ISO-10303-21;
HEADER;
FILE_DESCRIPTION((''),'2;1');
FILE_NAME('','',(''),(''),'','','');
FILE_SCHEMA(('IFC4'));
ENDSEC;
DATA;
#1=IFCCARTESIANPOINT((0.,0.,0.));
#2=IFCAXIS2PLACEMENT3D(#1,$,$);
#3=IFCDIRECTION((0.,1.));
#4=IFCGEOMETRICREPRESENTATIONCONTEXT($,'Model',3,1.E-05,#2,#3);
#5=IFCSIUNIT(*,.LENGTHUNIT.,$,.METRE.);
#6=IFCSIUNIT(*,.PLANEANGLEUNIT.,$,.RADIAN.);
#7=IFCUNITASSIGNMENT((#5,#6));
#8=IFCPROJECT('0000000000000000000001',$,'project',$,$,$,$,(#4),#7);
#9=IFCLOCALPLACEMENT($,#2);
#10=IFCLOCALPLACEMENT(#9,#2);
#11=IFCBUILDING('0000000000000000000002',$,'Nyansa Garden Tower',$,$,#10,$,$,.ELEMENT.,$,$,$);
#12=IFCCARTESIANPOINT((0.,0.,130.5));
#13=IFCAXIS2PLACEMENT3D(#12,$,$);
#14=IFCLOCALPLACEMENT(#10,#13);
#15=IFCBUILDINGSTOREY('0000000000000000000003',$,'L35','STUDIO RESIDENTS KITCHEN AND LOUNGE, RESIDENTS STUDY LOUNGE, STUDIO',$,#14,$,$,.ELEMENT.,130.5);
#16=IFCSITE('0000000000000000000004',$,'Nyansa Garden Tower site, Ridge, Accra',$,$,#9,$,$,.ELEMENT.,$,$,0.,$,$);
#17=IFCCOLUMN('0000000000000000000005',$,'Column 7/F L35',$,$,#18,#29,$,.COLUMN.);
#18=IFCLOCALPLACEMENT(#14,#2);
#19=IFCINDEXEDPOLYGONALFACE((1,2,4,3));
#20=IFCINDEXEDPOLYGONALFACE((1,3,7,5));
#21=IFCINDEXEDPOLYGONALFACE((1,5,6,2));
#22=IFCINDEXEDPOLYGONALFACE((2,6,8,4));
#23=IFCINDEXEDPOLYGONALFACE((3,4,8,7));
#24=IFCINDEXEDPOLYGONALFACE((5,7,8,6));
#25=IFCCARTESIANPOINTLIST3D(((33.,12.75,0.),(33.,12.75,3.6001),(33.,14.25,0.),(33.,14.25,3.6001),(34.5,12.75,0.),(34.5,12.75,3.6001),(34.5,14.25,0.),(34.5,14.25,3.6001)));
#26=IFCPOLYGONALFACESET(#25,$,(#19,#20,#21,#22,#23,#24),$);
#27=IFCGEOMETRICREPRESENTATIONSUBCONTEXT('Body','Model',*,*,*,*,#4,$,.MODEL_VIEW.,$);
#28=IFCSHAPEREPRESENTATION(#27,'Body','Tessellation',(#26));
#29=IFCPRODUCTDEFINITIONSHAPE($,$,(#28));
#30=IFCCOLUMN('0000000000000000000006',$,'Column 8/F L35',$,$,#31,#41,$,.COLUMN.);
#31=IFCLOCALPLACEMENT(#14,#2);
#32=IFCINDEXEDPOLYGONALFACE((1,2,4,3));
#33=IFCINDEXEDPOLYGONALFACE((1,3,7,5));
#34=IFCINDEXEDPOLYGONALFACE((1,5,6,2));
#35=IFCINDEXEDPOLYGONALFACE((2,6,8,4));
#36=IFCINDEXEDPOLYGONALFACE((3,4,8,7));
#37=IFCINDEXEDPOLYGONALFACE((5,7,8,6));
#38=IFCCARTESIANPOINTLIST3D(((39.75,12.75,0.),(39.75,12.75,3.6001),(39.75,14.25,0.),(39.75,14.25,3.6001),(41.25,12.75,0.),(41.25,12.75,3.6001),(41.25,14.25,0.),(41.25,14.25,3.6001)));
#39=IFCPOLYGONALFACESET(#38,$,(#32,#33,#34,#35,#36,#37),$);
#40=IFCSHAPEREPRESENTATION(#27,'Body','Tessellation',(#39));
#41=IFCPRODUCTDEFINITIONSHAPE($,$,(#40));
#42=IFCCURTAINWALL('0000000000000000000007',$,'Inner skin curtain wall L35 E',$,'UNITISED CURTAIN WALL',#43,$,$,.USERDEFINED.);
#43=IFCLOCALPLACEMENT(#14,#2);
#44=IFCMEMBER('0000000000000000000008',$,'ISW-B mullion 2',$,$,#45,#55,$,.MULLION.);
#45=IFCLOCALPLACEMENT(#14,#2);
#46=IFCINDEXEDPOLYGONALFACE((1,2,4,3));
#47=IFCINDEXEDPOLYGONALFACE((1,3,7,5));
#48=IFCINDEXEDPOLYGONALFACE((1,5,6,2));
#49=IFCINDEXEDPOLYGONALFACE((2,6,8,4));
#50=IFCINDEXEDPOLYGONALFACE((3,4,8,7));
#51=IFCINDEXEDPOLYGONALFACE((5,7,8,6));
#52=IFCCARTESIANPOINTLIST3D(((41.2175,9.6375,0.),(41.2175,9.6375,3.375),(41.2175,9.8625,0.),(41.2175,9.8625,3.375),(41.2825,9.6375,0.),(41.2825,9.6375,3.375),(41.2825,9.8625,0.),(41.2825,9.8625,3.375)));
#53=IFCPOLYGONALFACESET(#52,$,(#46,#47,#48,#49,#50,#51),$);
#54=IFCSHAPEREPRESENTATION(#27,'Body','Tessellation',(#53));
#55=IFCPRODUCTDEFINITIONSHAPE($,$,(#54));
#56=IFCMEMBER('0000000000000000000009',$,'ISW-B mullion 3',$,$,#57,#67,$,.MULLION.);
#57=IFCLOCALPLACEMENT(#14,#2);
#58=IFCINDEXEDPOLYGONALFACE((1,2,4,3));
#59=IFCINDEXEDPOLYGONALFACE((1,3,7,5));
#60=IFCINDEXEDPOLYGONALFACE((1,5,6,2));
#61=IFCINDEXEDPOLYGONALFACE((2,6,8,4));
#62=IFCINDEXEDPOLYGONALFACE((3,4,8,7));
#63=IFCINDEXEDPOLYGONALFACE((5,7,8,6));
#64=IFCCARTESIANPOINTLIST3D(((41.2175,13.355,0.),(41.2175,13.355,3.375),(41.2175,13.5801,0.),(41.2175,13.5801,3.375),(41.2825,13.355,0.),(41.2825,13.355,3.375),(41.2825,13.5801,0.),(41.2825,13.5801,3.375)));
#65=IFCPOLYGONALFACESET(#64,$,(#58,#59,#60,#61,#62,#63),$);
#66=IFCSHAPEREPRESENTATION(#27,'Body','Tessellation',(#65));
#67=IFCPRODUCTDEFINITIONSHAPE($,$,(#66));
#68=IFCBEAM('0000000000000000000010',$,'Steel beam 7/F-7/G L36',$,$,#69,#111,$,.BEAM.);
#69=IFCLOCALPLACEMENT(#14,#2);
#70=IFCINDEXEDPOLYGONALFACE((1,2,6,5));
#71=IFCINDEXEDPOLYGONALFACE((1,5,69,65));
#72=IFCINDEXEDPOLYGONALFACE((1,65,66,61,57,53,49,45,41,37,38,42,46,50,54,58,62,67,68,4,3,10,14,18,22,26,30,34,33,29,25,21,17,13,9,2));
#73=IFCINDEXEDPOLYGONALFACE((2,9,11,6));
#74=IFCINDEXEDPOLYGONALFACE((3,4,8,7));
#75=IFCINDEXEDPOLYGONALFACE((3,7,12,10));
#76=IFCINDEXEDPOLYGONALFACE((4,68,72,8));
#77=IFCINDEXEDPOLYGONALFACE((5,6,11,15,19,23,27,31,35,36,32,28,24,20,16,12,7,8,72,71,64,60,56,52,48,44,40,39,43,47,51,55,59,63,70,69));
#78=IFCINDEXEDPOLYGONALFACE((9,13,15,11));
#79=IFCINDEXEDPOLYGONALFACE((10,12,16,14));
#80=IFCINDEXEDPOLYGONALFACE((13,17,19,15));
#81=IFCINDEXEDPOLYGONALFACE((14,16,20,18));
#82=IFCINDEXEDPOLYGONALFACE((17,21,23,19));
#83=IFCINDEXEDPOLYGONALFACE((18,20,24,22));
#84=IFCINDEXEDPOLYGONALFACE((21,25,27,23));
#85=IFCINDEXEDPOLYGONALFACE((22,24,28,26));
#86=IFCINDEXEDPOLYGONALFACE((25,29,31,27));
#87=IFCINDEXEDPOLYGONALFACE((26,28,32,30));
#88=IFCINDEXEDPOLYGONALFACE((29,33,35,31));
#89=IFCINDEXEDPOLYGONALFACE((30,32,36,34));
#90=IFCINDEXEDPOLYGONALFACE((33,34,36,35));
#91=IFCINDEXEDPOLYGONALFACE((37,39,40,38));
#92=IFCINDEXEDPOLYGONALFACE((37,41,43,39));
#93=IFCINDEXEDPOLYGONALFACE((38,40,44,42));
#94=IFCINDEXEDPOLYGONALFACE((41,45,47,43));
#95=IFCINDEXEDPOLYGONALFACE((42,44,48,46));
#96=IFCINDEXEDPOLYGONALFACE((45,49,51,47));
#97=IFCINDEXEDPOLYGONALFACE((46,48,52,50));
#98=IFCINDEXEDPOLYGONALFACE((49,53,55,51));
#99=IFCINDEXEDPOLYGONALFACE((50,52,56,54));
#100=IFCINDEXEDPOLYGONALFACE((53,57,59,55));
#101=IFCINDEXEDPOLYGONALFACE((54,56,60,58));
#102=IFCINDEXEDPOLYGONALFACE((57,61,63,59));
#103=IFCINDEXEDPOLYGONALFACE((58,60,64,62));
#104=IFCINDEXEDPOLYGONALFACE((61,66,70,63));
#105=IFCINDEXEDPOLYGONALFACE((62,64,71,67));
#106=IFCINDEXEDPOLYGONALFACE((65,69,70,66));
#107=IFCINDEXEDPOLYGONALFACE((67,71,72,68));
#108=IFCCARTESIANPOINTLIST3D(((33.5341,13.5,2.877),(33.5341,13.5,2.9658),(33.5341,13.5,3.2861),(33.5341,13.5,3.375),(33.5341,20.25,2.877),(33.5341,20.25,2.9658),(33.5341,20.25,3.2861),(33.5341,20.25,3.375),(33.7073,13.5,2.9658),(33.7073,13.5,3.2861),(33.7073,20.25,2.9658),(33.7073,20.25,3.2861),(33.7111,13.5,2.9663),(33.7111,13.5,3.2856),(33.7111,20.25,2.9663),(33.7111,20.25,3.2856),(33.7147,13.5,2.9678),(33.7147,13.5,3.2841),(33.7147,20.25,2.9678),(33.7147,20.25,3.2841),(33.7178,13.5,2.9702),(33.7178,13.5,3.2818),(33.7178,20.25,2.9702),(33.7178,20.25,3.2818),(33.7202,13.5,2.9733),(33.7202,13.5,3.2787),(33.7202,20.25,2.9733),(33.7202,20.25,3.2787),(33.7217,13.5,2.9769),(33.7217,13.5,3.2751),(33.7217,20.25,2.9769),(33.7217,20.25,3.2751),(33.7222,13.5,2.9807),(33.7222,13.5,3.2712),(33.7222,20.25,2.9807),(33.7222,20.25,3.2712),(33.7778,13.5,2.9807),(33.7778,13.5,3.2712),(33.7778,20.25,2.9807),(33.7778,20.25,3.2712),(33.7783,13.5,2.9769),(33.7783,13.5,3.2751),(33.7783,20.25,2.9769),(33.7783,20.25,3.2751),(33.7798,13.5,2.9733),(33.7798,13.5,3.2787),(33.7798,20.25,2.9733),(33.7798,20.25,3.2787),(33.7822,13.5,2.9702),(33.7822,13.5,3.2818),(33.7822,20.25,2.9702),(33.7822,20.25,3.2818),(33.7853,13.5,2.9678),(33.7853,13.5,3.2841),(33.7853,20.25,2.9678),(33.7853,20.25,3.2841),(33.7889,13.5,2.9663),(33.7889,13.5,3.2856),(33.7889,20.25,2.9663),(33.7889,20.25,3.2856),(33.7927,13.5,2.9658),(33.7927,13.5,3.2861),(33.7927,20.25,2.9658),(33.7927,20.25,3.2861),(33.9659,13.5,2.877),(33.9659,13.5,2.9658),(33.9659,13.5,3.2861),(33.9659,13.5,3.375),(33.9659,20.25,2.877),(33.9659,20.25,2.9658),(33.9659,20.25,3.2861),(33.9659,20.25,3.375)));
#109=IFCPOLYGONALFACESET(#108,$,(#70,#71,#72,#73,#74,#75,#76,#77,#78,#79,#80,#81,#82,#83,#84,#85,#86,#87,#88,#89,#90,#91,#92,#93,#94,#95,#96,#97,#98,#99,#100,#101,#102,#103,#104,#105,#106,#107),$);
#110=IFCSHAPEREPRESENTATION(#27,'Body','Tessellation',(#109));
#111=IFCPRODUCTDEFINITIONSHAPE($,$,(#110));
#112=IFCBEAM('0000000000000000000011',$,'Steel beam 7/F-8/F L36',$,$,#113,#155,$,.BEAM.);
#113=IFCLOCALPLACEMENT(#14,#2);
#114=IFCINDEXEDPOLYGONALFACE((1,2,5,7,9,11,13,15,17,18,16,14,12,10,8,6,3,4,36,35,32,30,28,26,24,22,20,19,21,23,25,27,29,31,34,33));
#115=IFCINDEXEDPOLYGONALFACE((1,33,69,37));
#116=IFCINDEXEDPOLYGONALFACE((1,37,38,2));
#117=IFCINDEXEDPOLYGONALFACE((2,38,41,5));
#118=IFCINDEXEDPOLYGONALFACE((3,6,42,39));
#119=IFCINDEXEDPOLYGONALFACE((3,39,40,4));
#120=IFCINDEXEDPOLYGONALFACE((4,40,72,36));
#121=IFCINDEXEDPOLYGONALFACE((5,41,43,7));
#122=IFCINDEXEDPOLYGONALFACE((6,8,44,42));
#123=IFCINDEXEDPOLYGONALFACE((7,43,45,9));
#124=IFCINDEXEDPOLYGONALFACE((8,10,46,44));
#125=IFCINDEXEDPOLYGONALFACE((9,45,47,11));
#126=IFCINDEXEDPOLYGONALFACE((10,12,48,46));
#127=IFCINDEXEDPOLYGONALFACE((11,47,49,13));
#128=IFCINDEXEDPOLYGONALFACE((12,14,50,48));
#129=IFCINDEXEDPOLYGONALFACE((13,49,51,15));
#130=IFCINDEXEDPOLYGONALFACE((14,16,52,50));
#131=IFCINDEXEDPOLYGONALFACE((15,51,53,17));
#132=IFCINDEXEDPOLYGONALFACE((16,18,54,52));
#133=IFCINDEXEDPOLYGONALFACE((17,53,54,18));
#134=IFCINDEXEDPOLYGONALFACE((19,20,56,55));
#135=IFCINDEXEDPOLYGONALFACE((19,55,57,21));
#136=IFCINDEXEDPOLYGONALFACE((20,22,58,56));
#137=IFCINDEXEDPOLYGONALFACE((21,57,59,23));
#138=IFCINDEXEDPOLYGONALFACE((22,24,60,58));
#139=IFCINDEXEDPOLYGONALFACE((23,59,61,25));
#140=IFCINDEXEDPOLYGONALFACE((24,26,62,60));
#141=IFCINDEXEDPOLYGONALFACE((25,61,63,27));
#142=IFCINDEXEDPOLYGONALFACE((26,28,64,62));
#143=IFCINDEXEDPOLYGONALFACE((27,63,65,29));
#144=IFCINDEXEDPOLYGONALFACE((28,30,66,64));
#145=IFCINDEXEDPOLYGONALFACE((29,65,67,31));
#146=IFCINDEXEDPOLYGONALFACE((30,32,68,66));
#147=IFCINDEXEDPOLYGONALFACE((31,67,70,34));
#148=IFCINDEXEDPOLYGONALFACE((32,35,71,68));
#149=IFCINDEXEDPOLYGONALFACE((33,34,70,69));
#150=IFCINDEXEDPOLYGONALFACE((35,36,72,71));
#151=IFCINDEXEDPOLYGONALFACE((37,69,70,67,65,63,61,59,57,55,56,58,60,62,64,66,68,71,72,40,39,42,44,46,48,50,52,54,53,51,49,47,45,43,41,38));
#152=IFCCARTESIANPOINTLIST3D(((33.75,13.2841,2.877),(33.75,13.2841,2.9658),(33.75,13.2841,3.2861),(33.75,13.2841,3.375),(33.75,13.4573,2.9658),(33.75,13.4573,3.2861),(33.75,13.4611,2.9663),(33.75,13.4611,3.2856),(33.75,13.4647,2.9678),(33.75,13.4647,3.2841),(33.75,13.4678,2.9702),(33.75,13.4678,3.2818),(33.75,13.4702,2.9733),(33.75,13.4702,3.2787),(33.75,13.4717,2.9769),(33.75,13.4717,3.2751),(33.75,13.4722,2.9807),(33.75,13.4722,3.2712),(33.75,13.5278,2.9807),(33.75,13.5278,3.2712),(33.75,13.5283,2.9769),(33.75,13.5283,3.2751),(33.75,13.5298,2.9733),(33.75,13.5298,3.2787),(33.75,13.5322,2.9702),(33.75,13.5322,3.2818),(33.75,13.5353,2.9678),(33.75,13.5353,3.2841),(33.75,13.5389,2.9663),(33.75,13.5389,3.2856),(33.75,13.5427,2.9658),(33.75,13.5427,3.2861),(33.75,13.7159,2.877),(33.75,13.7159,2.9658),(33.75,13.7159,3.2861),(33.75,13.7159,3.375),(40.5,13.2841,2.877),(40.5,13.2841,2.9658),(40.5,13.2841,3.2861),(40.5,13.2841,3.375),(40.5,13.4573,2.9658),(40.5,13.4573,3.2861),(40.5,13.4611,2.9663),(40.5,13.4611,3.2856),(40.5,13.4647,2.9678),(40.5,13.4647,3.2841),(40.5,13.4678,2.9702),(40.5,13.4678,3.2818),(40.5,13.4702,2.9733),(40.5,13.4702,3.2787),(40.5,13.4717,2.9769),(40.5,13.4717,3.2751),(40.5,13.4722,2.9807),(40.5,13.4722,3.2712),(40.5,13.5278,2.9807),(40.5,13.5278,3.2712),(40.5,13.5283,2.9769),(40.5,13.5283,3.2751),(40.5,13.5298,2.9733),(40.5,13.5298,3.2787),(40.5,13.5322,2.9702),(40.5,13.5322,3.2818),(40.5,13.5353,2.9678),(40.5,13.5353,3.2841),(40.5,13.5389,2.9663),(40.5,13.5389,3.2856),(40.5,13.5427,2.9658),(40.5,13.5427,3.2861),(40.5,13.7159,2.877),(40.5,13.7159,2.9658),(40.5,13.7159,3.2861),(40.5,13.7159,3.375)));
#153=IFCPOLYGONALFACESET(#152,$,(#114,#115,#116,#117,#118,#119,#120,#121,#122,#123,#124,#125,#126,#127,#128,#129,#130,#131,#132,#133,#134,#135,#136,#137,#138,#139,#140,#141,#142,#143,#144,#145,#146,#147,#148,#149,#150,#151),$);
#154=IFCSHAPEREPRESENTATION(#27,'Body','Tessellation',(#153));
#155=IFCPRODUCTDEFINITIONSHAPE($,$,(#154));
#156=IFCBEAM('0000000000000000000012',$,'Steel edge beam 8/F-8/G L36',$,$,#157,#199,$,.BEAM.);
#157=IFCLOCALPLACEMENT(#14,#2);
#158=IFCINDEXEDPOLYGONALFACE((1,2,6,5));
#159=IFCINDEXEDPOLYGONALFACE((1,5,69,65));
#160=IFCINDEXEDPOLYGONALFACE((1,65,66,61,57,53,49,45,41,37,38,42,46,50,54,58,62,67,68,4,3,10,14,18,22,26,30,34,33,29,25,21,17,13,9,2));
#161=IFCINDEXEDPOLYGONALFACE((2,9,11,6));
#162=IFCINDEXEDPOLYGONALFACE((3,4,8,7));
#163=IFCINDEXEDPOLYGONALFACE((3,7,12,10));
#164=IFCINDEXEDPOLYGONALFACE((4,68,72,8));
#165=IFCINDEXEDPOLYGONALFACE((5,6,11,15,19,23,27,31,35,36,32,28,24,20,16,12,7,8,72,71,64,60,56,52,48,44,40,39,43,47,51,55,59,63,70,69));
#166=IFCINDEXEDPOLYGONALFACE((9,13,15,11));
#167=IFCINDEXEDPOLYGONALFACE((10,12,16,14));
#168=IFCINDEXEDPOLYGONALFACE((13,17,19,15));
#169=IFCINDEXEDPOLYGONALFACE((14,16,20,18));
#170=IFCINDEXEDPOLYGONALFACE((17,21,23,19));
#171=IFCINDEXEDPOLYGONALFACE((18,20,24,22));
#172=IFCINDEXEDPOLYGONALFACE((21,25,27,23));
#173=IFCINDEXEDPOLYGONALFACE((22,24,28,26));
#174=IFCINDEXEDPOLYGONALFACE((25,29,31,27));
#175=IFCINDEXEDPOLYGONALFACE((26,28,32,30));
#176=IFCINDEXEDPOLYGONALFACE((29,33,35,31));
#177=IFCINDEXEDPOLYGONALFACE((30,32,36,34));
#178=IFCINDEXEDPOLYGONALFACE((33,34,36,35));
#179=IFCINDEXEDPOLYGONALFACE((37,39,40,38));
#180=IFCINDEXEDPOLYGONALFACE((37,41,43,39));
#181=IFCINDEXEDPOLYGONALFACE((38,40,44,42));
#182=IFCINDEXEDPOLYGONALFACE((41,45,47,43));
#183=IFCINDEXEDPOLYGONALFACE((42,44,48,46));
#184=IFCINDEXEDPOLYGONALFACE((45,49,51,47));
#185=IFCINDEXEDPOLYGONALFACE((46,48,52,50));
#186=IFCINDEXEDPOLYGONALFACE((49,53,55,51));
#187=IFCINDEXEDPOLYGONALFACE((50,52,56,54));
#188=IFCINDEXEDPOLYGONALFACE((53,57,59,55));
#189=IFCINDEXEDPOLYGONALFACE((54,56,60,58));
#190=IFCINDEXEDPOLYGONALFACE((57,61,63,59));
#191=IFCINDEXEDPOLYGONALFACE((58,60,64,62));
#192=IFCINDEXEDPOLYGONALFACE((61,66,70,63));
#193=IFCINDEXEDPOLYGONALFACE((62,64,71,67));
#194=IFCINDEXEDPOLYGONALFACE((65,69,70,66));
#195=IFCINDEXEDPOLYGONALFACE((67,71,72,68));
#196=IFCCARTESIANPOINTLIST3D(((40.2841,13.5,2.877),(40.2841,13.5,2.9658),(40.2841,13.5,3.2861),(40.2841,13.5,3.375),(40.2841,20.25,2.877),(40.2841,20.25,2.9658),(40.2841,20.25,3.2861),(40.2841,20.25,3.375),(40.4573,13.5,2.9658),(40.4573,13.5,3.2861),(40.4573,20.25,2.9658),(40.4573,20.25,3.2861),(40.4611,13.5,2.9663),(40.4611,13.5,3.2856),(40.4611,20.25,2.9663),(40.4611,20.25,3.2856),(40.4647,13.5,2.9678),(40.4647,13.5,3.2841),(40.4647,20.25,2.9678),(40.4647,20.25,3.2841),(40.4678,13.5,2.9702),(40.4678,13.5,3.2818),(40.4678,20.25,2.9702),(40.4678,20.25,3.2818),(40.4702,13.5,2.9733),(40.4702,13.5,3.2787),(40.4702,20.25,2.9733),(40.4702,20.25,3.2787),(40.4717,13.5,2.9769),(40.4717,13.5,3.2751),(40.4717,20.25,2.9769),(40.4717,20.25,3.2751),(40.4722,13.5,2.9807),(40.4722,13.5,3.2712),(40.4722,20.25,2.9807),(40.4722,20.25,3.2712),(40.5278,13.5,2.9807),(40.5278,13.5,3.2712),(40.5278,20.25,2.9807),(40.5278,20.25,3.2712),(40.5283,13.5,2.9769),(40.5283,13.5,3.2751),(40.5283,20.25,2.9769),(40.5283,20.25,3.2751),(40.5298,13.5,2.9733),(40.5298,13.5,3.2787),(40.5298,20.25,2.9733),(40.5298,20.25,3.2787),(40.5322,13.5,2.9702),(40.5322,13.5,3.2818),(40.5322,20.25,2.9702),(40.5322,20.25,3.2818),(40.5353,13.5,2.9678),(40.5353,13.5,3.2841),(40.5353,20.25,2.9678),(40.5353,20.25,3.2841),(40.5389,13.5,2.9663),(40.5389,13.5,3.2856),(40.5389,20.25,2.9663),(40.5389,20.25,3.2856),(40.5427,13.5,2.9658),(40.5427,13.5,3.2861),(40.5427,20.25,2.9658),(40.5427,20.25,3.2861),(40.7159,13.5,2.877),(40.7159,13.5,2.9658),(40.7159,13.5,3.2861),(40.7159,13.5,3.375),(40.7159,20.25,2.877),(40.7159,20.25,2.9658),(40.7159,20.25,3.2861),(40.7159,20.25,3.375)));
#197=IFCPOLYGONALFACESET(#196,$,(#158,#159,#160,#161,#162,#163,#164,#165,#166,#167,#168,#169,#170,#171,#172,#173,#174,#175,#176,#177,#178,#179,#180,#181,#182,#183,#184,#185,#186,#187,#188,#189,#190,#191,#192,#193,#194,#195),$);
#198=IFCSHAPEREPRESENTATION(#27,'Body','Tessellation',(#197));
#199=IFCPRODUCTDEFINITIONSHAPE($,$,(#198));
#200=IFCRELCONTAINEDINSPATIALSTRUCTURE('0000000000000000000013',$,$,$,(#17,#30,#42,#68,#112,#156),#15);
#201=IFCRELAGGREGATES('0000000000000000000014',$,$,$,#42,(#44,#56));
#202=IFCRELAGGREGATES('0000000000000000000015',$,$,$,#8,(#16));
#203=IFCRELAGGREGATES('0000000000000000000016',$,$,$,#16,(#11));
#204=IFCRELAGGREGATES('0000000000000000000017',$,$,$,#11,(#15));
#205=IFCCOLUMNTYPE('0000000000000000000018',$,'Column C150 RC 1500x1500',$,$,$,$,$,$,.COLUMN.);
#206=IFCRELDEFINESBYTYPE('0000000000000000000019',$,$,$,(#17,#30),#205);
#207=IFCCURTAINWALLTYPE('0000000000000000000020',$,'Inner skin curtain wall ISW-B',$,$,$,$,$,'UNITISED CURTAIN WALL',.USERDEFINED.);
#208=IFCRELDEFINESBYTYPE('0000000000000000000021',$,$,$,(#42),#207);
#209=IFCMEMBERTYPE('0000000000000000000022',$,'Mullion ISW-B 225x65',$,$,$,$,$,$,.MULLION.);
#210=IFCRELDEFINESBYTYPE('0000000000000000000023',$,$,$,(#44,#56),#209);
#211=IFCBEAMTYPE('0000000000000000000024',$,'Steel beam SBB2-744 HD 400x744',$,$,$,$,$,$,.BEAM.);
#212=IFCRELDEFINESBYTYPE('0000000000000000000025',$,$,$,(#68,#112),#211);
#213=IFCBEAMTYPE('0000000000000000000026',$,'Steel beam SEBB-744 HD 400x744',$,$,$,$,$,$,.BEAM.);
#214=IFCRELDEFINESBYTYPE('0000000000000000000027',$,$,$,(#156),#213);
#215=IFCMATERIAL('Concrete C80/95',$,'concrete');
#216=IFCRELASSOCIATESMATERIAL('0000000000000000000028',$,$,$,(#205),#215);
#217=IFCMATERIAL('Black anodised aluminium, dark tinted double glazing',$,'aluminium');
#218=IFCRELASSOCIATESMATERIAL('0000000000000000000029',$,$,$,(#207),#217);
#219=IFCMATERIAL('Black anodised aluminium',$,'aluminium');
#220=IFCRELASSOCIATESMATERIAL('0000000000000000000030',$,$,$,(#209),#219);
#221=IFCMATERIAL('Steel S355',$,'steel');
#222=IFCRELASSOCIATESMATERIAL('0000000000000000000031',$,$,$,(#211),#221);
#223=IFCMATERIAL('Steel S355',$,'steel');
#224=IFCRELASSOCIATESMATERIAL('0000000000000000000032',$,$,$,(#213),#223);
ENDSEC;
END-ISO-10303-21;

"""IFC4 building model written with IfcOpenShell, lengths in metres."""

from ifc_helpers import new_model, si_unit, direction, frame, origin, origin_2d, place, context, subcontext, project, spatial, rectangle, i_section, extrude, material, material_profile, profile_set, type_object, element, aggregate, save


model = new_model("IFC4")

# Units and contexts
model_context = context("Model", 3, precision=1e-05, world=origin(), true_north=direction((0.0, 1.0)))
body_context = subcontext(model_context, "Body", "Model", "MODEL_VIEW")
ifc_project = project(units=[si_unit("LENGTHUNIT", "METRE"), si_unit("PLANEANGLEUNIT", "RADIAN")], contexts=[model_context])

# Site, building, storey
site_placement = place(None, origin())
site = spatial("IfcSite", under=ifc_project, at=site_placement, Name="Nyansa Garden Tower site, Ridge, Accra", CompositionType="ELEMENT", RefElevation=0.0)
building_placement = place(site_placement, origin())
building = spatial("IfcBuilding", under=site, at=building_placement, Name="Nyansa Garden Tower", CompositionType="ELEMENT")
storey_placement = place(building_placement, frame((0.0, 0.0, 130.5)))
storey = spatial("IfcBuildingStorey", under=building, at=storey_placement, Name="L35", Description="STUDIO RESIDENTS KITCHEN AND LOUNGE, RESIDENTS STUDY LOUNGE, STUDIO", CompositionType="ELEMENT", Elevation=130.5)

# Columns
ifc_material_1 = material(Name="Concrete C80/95", Category="concrete")
ifc_material_profile_1 = material_profile(ifc_material_1, rectangle(XDim=1.5, YDim=1.5, at=origin_2d()), Name="RC 1500x1500")
ifc_profile_set_1 = profile_set([ifc_material_profile_1], Name="Concrete C80/95")
column_type = type_object("IfcColumnType", Name="Column C150 RC 1500x1500", PredefinedType="COLUMN", material=ifc_profile_set_1)
for number, where, z_axis, x_axis, name in (
    (1, (33.75, 13.5, 0.0), (0.0, 0.0, 1.0), (1.0, 0.0, 0.0), "Column 7/F L35"),
    (2, (40.5, 13.5, 0.0), (0.0, 0.0, 1.0), (1.0, 0.0, 0.0), "Column 8/F L35"),
):
    element("IfcColumn", number, at=place(storey_placement, frame(where, z_axis=z_axis, x_axis=x_axis)), inside=storey, type_object=column_type, Name=name, PredefinedType="COLUMN", context=body_context, shape_type="SweptSolid", body=[
        extrude(rectangle(XDim=1.5, YDim=1.5, at=origin_2d()), origin(), (0.0, 0.0, 1.0), 3.6001),
    ])

# Curtain wall, members
ifc_material_2 = material(Name="Black anodised aluminium, dark tinted double glazing", Category="aluminium")
curtain_wall_type = type_object("IfcCurtainWallType", Name="Inner skin curtain wall ISW-B", ElementType="UNITISED CURTAIN WALL", PredefinedType="USERDEFINED", material=ifc_material_2)
curtain_wall_placement = place(storey_placement, origin())
curtain_wall = element("IfcCurtainWall", 3, at=curtain_wall_placement, inside=storey, type_object=curtain_wall_type, Name="Inner skin curtain wall L35 E", ObjectType="UNITISED CURTAIN WALL", PredefinedType="USERDEFINED")
ifc_material_3 = material(Name="Black anodised aluminium", Category="aluminium")
ifc_material_profile_2 = material_profile(ifc_material_3, rectangle(XDim=0.0649, YDim=0.2251, at=origin_2d()), Name="Mullion 225x65")
ifc_profile_set_2 = profile_set([ifc_material_profile_2], Name="Black anodised aluminium")
member_type_1 = type_object("IfcMemberType", Name="Mullion ISW-B 225x65", PredefinedType="MULLION", material=ifc_profile_set_2)
member_1_placement = place(storey_placement, frame((41.25, 9.75, 0.0), z_axis=(0.0, 0.0, 1.0), x_axis=(-1.0, 0.0, 0.0)))
member_1 = element("IfcMember", 4, at=member_1_placement, type_object=member_type_1, Name="ISW-B mullion 2", PredefinedType="MULLION", context=body_context, shape_type="SweptSolid", body=[
    extrude(rectangle(XDim=0.0649, YDim=0.2251, at=origin_2d()), origin(), (0.0, 0.0, 1.0), 3.375),
])
member_2_placement = place(storey_placement, frame((41.25, 13.4675, 0.0), z_axis=(0.0, 0.0, 1.0), x_axis=(-1.0, 0.0, 0.0)))
member_2 = element("IfcMember", 5, at=member_2_placement, type_object=member_type_1, Name="ISW-B mullion 3", PredefinedType="MULLION", context=body_context, shape_type="SweptSolid", body=[
    extrude(rectangle(XDim=0.0649, YDim=0.2251, at=origin_2d()), origin(), (0.0, 0.0, 1.0), 3.375),
])

# Beams
ifc_material_4 = material(Name="Steel S355", Category="steel")
ifc_material_profile_3 = material_profile(ifc_material_4, i_section(OverallWidth=0.4319, OverallDepth=0.498, WebThickness=0.0557, FlangeThickness=0.0889, FilletRadius=0.0149, at=origin_2d()), Name="HD 400x744")
ifc_profile_set_3 = profile_set([ifc_material_profile_3], Name="Steel S355")
beam_type_1 = type_object("IfcBeamType", Name="Steel beam SBB2-744 HD 400x744", PredefinedType="BEAM", material=ifc_profile_set_3)
for number, where, z_axis, x_axis, name in (
    (6, (33.75, 13.5, 3.126), (0.0, 1.0, 0.0), (-1.0, 0.0, 0.0), "Steel beam 7/F-7/G L36"),
    (7, (33.75, 13.5, 3.126), (1.0, 0.0, 0.0), (0.0, 1.0, 0.0), "Steel beam 7/F-8/F L36"),
):
    element("IfcBeam", number, at=place(storey_placement, frame(where, z_axis=z_axis, x_axis=x_axis)), inside=storey, type_object=beam_type_1, Name=name, PredefinedType="BEAM", context=body_context, shape_type="SweptSolid", body=[
        extrude(i_section(OverallWidth=0.4319, OverallDepth=0.498, WebThickness=0.0557, FlangeThickness=0.0889, FilletRadius=0.0149, at=origin_2d()), origin(), (0.0, 0.0, 1.0), 6.75),
    ])
ifc_material_5 = material(Name="Steel S355", Category="steel")
ifc_material_profile_4 = material_profile(ifc_material_5, i_section(OverallWidth=0.4319, OverallDepth=0.498, WebThickness=0.0557, FlangeThickness=0.0889, FilletRadius=0.0149, at=origin_2d()), Name="HD 400x744")
ifc_profile_set_4 = profile_set([ifc_material_profile_4], Name="Steel S355")
beam_type_2 = type_object("IfcBeamType", Name="Steel beam SEBB-744 HD 400x744", PredefinedType="BEAM", material=ifc_profile_set_4)
beam_placement = place(storey_placement, frame((40.5, 13.5, 3.126), z_axis=(0.0, 1.0, 0.0), x_axis=(-1.0, 0.0, 0.0)))
element("IfcBeam", 8, at=beam_placement, inside=storey, type_object=beam_type_2, Name="Steel edge beam 8/F-8/G L36", PredefinedType="BEAM", context=body_context, shape_type="SweptSolid", body=[
    extrude(i_section(OverallWidth=0.4319, OverallDepth=0.498, WebThickness=0.0557, FlangeThickness=0.0889, FilletRadius=0.0149, at=origin_2d()), origin(), (0.0, 0.0, 1.0), 6.75),
])

aggregate(curtain_wall, [member_1, member_2])

save(model, "model.ifc")
